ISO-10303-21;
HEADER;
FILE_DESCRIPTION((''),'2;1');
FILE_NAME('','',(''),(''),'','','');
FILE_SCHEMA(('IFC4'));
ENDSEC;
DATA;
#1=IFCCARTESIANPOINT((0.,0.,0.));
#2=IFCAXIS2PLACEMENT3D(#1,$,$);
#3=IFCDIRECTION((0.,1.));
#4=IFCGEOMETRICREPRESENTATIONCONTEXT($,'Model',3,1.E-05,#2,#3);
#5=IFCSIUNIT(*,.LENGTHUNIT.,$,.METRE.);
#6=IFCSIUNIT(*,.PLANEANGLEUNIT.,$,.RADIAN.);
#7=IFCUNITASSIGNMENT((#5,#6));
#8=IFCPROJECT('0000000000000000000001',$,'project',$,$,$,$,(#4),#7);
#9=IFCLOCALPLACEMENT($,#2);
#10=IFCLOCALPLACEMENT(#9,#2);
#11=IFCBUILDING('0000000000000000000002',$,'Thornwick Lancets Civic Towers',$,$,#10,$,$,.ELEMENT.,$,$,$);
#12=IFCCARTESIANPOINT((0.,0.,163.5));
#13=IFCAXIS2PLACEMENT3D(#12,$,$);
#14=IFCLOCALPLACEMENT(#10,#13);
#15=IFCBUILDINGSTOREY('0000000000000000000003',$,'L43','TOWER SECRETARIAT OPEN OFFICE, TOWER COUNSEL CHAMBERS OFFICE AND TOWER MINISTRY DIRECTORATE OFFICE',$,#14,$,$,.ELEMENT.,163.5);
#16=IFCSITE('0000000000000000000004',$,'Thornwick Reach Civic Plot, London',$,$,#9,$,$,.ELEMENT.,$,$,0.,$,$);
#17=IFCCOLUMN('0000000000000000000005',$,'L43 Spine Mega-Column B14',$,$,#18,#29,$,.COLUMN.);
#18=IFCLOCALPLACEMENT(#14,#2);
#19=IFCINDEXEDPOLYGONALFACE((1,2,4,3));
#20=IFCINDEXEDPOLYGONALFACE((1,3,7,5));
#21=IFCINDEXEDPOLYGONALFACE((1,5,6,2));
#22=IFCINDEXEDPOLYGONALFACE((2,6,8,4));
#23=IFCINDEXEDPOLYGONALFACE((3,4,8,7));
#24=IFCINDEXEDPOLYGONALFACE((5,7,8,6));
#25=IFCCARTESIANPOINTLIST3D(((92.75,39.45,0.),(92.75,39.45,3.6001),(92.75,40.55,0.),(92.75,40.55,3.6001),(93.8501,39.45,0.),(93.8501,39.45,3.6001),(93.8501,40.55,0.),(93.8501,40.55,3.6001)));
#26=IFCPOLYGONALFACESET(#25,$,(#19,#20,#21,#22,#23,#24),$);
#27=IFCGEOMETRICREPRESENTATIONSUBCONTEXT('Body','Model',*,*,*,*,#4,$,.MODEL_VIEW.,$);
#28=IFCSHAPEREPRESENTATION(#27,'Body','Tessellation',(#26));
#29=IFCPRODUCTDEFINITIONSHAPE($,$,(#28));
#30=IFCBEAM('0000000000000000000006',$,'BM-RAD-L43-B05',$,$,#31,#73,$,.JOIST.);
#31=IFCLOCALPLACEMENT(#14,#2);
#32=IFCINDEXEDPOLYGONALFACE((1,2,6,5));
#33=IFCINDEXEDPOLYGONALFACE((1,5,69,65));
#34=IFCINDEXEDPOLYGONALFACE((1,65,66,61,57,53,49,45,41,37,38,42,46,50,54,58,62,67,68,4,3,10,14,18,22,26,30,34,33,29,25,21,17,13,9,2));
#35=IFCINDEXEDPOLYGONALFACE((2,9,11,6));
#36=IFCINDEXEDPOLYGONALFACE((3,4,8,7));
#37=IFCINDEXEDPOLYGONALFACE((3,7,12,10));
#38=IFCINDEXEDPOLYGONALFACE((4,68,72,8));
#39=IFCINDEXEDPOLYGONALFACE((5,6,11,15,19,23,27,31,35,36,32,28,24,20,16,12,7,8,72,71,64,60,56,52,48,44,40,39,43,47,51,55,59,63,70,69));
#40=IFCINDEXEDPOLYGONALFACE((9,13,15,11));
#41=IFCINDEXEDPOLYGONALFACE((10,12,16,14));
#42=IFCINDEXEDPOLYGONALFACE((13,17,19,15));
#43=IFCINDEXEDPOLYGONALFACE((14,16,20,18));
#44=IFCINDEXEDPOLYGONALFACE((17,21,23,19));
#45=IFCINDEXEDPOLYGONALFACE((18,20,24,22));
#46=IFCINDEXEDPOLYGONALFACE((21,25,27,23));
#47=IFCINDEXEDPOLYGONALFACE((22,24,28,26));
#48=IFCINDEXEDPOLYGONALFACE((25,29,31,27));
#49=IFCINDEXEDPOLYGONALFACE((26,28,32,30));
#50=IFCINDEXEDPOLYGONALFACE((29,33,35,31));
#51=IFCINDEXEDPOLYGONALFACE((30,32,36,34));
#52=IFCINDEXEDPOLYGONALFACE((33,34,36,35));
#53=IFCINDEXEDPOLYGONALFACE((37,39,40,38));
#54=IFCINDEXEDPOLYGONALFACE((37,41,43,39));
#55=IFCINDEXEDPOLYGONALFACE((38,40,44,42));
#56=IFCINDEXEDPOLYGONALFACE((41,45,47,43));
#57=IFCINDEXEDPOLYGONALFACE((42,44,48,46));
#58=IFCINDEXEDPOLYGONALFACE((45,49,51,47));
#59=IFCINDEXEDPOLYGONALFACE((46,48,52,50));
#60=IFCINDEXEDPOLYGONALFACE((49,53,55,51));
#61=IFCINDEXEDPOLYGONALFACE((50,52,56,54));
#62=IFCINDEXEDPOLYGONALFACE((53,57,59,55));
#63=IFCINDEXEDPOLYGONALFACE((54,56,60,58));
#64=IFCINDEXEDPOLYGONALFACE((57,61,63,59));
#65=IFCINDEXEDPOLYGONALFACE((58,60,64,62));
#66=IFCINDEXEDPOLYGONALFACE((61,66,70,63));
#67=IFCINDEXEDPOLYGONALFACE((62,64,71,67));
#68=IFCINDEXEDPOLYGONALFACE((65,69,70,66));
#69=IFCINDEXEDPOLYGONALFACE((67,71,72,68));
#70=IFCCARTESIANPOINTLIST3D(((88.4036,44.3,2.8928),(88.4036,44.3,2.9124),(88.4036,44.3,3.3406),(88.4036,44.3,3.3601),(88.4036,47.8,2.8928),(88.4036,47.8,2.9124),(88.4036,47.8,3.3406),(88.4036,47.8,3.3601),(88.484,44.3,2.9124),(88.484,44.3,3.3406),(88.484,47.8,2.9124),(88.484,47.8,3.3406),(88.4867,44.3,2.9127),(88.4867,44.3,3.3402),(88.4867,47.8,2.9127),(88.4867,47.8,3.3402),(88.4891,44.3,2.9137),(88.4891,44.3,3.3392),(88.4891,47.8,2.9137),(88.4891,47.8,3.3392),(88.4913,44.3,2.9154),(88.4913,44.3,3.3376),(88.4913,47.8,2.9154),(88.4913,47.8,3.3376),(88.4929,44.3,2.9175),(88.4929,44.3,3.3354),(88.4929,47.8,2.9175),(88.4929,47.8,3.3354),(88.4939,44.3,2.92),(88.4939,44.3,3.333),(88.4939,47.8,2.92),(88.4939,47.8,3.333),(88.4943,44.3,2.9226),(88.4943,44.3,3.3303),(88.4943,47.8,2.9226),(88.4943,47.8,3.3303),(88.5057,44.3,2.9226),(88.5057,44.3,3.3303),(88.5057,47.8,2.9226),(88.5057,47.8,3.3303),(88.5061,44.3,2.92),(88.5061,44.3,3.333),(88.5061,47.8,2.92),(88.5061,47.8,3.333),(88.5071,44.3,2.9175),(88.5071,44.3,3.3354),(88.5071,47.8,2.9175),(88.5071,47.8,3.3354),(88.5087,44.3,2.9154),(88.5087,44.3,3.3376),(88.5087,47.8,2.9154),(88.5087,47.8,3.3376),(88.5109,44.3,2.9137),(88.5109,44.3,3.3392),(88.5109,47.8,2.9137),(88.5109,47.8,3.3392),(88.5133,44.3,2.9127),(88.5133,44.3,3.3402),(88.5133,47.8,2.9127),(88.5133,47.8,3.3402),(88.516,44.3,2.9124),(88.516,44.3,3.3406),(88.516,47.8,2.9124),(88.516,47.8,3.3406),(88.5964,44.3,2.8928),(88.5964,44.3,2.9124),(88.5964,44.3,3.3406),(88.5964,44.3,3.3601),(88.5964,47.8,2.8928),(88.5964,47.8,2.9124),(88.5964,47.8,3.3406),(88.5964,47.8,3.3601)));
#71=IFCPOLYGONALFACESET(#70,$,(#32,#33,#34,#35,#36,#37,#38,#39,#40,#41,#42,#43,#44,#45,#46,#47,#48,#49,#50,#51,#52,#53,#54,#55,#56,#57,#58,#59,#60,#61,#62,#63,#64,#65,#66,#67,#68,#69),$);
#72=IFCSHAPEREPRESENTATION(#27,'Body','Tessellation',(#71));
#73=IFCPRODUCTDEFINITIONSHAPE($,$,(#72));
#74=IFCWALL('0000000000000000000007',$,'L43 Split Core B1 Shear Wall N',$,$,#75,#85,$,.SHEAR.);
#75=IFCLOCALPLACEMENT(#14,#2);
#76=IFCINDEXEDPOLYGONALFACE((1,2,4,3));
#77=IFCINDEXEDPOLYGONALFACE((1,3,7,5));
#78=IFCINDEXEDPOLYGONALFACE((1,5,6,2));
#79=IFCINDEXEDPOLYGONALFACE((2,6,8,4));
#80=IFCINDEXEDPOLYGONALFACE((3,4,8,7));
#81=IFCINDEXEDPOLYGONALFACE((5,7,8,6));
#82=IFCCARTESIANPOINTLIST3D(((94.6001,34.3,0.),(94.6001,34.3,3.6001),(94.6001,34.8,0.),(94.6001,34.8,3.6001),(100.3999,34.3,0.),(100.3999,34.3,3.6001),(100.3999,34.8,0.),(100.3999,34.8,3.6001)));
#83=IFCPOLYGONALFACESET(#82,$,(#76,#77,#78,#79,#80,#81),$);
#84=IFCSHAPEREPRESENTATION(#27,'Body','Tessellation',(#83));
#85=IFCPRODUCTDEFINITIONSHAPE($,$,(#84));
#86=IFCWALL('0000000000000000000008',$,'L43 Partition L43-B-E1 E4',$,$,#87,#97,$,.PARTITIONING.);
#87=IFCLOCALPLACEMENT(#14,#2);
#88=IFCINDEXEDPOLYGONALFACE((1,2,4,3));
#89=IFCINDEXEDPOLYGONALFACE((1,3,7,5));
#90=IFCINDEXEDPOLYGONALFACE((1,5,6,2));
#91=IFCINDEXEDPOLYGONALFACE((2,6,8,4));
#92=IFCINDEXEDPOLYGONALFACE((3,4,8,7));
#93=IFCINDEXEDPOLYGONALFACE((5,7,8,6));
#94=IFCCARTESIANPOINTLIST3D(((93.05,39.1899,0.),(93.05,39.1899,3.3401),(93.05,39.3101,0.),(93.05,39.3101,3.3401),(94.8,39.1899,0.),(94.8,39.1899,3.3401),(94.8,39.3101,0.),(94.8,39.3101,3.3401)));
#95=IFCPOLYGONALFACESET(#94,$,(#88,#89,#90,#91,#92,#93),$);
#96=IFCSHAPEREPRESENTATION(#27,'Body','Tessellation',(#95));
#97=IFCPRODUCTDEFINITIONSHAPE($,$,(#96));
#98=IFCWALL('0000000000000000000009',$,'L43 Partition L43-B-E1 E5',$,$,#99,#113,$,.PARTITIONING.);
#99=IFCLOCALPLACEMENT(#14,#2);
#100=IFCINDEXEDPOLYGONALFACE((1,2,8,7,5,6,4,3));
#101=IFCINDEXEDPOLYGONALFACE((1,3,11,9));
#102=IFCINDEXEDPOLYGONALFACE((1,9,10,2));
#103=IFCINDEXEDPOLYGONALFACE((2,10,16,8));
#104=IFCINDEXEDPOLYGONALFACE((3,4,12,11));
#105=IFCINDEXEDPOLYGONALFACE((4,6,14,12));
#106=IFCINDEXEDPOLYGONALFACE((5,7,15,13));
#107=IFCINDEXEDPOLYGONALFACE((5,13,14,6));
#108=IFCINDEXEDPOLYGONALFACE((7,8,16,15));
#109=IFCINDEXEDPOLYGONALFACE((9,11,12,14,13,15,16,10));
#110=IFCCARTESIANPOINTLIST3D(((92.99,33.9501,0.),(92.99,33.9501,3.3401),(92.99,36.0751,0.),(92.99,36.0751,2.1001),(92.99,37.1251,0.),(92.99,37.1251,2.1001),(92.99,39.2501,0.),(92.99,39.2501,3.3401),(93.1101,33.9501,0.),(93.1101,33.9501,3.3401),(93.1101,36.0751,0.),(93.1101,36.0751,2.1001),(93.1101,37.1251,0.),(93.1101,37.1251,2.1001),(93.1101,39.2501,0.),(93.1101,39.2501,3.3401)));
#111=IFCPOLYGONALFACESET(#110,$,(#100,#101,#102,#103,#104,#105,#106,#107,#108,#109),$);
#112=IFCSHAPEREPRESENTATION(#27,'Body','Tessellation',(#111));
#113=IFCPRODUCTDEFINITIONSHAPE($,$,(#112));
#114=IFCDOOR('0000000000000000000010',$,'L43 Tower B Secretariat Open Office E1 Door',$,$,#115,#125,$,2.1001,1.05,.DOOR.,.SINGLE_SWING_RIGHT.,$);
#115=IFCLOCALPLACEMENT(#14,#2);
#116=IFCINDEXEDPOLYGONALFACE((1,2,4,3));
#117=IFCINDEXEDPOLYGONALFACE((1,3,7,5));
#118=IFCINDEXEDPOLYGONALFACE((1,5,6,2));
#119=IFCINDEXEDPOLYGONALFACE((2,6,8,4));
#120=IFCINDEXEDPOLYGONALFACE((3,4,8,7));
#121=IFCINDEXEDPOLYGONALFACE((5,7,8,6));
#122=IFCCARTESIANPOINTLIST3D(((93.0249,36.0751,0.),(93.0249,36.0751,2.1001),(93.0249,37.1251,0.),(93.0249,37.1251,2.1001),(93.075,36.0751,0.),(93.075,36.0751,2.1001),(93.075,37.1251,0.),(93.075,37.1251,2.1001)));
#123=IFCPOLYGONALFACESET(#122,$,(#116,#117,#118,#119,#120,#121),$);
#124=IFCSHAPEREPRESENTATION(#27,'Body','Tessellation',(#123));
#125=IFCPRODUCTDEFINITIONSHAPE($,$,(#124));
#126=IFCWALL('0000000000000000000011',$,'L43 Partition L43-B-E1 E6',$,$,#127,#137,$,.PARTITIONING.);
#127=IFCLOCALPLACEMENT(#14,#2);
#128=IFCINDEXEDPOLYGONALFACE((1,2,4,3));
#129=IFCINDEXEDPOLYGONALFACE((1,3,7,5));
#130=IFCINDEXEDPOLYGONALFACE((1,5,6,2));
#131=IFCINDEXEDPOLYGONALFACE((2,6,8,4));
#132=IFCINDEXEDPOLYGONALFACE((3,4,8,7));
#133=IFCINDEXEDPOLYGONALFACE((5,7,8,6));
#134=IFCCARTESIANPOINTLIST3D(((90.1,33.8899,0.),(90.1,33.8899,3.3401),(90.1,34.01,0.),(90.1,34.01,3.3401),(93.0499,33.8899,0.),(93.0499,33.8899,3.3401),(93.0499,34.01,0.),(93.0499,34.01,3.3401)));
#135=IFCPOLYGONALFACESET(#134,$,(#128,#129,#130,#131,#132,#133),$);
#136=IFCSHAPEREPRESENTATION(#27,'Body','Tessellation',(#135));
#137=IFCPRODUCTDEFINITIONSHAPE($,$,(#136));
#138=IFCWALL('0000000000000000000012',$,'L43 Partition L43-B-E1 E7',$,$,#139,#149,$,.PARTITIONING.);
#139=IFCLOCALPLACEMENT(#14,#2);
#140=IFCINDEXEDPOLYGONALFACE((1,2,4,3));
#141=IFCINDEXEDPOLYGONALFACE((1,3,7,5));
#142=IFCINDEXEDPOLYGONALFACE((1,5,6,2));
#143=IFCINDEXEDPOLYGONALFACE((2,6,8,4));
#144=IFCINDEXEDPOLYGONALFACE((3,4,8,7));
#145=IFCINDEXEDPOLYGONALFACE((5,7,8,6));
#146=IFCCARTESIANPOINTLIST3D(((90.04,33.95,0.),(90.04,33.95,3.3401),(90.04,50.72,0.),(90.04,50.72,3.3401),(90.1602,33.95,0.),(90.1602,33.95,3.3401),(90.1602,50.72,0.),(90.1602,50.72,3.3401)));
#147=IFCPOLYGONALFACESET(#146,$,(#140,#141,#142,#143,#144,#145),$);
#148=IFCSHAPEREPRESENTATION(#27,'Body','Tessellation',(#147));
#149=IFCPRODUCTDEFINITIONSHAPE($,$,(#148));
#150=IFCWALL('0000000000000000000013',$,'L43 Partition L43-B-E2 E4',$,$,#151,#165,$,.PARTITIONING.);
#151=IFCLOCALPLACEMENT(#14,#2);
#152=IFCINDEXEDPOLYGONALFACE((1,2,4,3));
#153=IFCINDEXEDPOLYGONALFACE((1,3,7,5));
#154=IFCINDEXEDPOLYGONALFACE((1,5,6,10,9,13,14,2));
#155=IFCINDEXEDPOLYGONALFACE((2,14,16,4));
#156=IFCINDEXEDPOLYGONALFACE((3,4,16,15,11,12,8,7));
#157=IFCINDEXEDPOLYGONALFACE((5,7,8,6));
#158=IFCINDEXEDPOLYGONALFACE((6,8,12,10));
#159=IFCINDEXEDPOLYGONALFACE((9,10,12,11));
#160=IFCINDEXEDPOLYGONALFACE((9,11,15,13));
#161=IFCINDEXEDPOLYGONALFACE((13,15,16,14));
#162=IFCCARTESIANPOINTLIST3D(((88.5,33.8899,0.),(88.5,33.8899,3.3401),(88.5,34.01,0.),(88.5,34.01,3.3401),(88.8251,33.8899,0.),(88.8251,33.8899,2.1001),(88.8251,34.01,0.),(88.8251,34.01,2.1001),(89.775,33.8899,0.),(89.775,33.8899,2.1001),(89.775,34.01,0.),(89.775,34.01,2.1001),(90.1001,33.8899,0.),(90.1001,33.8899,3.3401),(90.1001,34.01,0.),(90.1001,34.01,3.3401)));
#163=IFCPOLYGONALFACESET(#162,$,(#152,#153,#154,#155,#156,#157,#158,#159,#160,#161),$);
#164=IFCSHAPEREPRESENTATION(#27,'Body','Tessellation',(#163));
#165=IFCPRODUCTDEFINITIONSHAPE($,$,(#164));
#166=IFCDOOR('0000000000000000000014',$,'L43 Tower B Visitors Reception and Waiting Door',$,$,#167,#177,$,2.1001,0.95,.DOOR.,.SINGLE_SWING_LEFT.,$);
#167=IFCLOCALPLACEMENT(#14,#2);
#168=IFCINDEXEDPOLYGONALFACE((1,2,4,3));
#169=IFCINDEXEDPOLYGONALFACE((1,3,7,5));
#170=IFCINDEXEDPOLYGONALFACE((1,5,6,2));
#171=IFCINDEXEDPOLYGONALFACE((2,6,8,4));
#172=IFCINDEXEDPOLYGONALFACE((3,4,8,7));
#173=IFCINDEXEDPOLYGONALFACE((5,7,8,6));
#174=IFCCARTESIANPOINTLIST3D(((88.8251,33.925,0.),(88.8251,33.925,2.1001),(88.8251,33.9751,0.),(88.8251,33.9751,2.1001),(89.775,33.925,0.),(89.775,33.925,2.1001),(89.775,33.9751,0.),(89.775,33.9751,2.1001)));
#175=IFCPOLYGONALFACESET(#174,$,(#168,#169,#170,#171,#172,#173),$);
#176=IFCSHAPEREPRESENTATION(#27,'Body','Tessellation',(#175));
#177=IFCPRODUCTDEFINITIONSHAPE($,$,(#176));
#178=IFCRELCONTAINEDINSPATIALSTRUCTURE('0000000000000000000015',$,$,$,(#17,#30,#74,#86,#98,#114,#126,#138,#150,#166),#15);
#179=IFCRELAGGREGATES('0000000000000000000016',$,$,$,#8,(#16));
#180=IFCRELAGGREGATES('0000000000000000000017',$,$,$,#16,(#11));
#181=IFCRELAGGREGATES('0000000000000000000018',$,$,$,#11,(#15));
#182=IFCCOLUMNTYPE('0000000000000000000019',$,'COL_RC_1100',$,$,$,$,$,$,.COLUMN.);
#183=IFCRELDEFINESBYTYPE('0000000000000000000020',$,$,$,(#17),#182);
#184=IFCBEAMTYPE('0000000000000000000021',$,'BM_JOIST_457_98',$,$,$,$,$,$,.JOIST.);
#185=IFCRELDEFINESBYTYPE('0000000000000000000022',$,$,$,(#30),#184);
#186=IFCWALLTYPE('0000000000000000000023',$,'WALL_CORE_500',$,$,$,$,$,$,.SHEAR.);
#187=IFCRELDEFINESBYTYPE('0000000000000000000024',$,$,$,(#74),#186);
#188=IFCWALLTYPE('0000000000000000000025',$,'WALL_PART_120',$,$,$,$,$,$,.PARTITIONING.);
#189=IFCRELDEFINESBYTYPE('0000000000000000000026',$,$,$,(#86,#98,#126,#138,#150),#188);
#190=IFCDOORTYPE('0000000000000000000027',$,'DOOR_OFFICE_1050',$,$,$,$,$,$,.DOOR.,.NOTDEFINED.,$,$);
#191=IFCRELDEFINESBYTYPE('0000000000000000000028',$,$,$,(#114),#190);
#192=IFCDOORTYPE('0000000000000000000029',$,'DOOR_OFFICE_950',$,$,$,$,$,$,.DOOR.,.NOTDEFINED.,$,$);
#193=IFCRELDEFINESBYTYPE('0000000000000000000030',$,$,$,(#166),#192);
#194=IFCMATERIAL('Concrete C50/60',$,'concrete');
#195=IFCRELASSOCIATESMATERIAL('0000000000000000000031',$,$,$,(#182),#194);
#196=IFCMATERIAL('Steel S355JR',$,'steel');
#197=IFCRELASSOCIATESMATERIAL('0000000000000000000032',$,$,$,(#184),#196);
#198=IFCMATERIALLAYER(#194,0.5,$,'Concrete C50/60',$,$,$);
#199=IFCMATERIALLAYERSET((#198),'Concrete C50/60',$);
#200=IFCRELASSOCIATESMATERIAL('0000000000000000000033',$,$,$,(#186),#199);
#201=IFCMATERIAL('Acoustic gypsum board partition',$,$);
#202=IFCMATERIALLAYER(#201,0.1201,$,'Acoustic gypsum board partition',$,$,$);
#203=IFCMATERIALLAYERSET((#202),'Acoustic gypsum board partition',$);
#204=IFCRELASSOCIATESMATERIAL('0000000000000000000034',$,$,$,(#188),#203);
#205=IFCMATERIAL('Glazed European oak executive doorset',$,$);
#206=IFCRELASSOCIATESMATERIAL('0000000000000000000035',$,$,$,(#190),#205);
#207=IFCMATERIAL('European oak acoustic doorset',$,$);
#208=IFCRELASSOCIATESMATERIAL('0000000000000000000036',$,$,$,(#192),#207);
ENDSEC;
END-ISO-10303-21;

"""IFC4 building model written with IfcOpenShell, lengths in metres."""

from ifc_helpers import new_model, si_unit, direction, frame, frame_2d, origin, origin_2d, place, context, subcontext, project, spatial, rectangle, i_section, extrude, material, layer, layer_set, material_profile, profile_set, type_object, element, fill, save


model = new_model("IFC4")

# Units and contexts
model_context = context("Model", 3, precision=1e-05, world=origin(), true_north=direction((0.0, 1.0)))
body_context = subcontext(model_context, "Body", "Model", "MODEL_VIEW")
ifc_project = project(units=[si_unit("LENGTHUNIT", "METRE"), si_unit("PLANEANGLEUNIT", "RADIAN")], contexts=[model_context])

# Site, building, storey
site_placement = place(None, origin())
site = spatial("IfcSite", under=ifc_project, at=site_placement, Name="Thornwick Reach Civic Plot, London", CompositionType="ELEMENT", RefElevation=0.0)
building_placement = place(site_placement, origin())
building = spatial("IfcBuilding", under=site, at=building_placement, Name="Thornwick Lancets Civic Towers", CompositionType="ELEMENT")
storey_placement = place(building_placement, frame((0.0, 0.0, 163.5)))
storey = spatial("IfcBuildingStorey", under=building, at=storey_placement, Name="L43", Description="TOWER SECRETARIAT OPEN OFFICE, TOWER COUNSEL CHAMBERS OFFICE AND TOWER MINISTRY DIRECTORATE OFFICE", CompositionType="ELEMENT", Elevation=163.5)

# Column
ifc_material_1 = material(Name="Concrete C50/60", Category="concrete")
ifc_material_profile_1 = material_profile(ifc_material_1, rectangle(XDim=1.1001, YDim=1.1001, at=origin_2d()), Name="RC 1100x1100")
ifc_profile_set_1 = profile_set([ifc_material_profile_1], Name="Concrete C50/60")
column_type = type_object("IfcColumnType", Name="COL_RC_1100", PredefinedType="COLUMN", material=ifc_profile_set_1)
column_placement = place(storey_placement, frame((93.3, 40.0, 0.0), z_axis=(0.0, 0.0, 1.0), x_axis=(1.0, 0.0, 0.0)))
element("IfcColumn", 1, at=column_placement, inside=storey, type_object=column_type, Name="L43 Spine Mega-Column B14", PredefinedType="COLUMN", context=body_context, shape_type="SweptSolid", body=[
    extrude(rectangle(XDim=1.1001, YDim=1.1001, at=origin_2d()), origin(), (0.0, 0.0, 1.0), 3.6001),
])

# Beam
ifc_material_2 = material(Name="Steel S355JR", Category="steel")
ifc_material_profile_2 = material_profile(ifc_material_2, i_section(OverallWidth=0.1929, OverallDepth=0.4673, WebThickness=0.0115, FlangeThickness=0.0195, FilletRadius=0.0103, at=origin_2d()), Name="UKB 457x191x98")
ifc_profile_set_2 = profile_set([ifc_material_profile_2], Name="Steel S355JR")
beam_type = type_object("IfcBeamType", Name="BM_JOIST_457_98", PredefinedType="JOIST", material=ifc_profile_set_2)
beam_placement = place(storey_placement, frame((88.5, 44.3, 3.1265), z_axis=(0.0, 1.0, 0.0), x_axis=(-1.0, 0.0, 0.0)))
element("IfcBeam", 2, at=beam_placement, inside=storey, type_object=beam_type, Name="BM-RAD-L43-B05", PredefinedType="JOIST", context=body_context, shape_type="SweptSolid", body=[
    extrude(i_section(OverallWidth=0.1929, OverallDepth=0.4673, WebThickness=0.0115, FlangeThickness=0.0195, FilletRadius=0.0103, at=origin_2d()), origin(), (0.0, 0.0, 1.0), 3.5),
])

# Walls
ifc_layer_1 = layer(ifc_material_1, 0.5, Name="Concrete C50/60")
ifc_layer_set_1 = layer_set([ifc_layer_1], Name="Concrete C50/60")
wall_type_1 = type_object("IfcWallType", Name="WALL_CORE_500", PredefinedType="SHEAR", material=ifc_layer_set_1)
wall_1_placement = place(storey_placement, frame((94.6001, 34.55, 0.0), z_axis=(0.0, 0.0, 1.0), x_axis=(1.0, 0.0, 0.0)))
element("IfcWall", 3, at=wall_1_placement, inside=storey, type_object=wall_type_1, Name="L43 Split Core B1 Shear Wall N", PredefinedType="SHEAR", context=body_context, shape_type="SweptSolid", body=[
    extrude(rectangle(XDim=5.7998, YDim=0.5, at=frame_2d((2.8999, 0.0))), origin(), (0.0, 0.0, 1.0), 3.6001),
])
ifc_material_3 = material(Name="Acoustic gypsum board partition")
ifc_layer_2 = layer(ifc_material_3, 0.1201, Name="Acoustic gypsum board partition")
ifc_layer_set_2 = layer_set([ifc_layer_2], Name="Acoustic gypsum board partition")
wall_type_2 = type_object("IfcWallType", Name="WALL_PART_120", PredefinedType="PARTITIONING", material=ifc_layer_set_2)
wall_2_placement = place(storey_placement, frame((94.8, 39.25, 0.0), z_axis=(0.0, 0.0, 1.0), x_axis=(-1.0, 0.0, 0.0)))
element("IfcWall", 4, at=wall_2_placement, inside=storey, type_object=wall_type_2, Name="L43 Partition L43-B-E1 E4", PredefinedType="PARTITIONING", context=body_context, shape_type="SweptSolid", body=[
    extrude(rectangle(XDim=1.75, YDim=0.1201, at=frame_2d((0.875, 0.0))), origin(), (0.0, 0.0, 1.0), 3.3401),
])

# Wall, opening, door
wall_3_placement = place(storey_placement, frame((93.05, 39.25, 0.0), z_axis=(0.0, 0.0, 1.0), x_axis=(0.0, -1.0, 0.0)))
wall_3 = element("IfcWall", 5, at=wall_3_placement, inside=storey, type_object=wall_type_2, Name="L43 Partition L43-B-E1 E5", PredefinedType="PARTITIONING", context=body_context, shape_type="SweptSolid", body=[
    extrude(rectangle(XDim=5.3, YDim=0.1201, at=frame_2d((2.6499, 0.0))), origin(), (0.0, 0.0, 1.0), 3.3401),
])
opening_1_placement = place(wall_3_placement, frame((2.125, 0.0, 0.0)))
opening_1 = element("IfcOpeningElement", 6, at=opening_1_placement, cuts=wall_3, PredefinedType="OPENING", context=body_context, shape_type="SweptSolid", body=[
    extrude(rectangle(XDim=1.05, YDim=2.1001, at=frame_2d((0.5249, 1.05))), frame((0.0, 0.0701, 0.0), z_axis=(0.0, -1.0, 0.0), x_axis=(1.0, 0.0, 0.0)), (0.0, 0.0, 1.0), 0.1401),
])
ifc_material_4 = material(Name="Glazed European oak executive doorset")
door_type_1 = type_object("IfcDoorType", Name="DOOR_OFFICE_1050", OperationType="NOTDEFINED", PredefinedType="DOOR", material=ifc_material_4)
door_1_placement = place(opening_1_placement, origin())
door_1 = element("IfcDoor", 7, at=door_1_placement, inside=storey, type_object=door_type_1, Name="L43 Tower B Secretariat Open Office E1 Door", OperationType="SINGLE_SWING_RIGHT", OverallHeight=2.1001, OverallWidth=1.05, PredefinedType="DOOR", context=body_context, shape_type="SweptSolid", body=[
    extrude(rectangle(XDim=1.05, YDim=2.1001, at=frame_2d((0.5249, 1.05))), frame((0.0, 0.0249, 0.0), z_axis=(0.0, -1.0, 0.0), x_axis=(1.0, 0.0, 0.0)), (0.0, 0.0, 1.0), 0.05),
])
fill(opening_1, door_1)

# Walls
wall_4_placement = place(storey_placement, frame((93.05, 33.95, 0.0), z_axis=(0.0, 0.0, 1.0), x_axis=(-1.0, 0.0, 0.0)))
element("IfcWall", 8, at=wall_4_placement, inside=storey, type_object=wall_type_2, Name="L43 Partition L43-B-E1 E6", PredefinedType="PARTITIONING", context=body_context, shape_type="SweptSolid", body=[
    extrude(rectangle(XDim=2.95, YDim=0.1201, at=frame_2d((1.4751, 0.0))), origin(), (0.0, 0.0, 1.0), 3.3401),
])
wall_5_placement = place(storey_placement, frame((90.1001, 33.95, 0.0), z_axis=(0.0, 0.0, 1.0), x_axis=(0.0, 1.0, 0.0)))
element("IfcWall", 9, at=wall_5_placement, inside=storey, type_object=wall_type_2, Name="L43 Partition L43-B-E1 E7", PredefinedType="PARTITIONING", context=body_context, shape_type="SweptSolid", body=[
    extrude(rectangle(XDim=16.77, YDim=0.1201, at=frame_2d((8.385, 0.0))), origin(), (0.0, 0.0, 1.0), 3.3401),
])

# Wall, opening, door
wall_6_placement = place(storey_placement, frame((90.1001, 33.95, 0.0), z_axis=(0.0, 0.0, 1.0), x_axis=(-1.0, 0.0, 0.0)))
wall_6 = element("IfcWall", 10, at=wall_6_placement, inside=storey, type_object=wall_type_2, Name="L43 Partition L43-B-E2 E4", PredefinedType="PARTITIONING", context=body_context, shape_type="SweptSolid", body=[
    extrude(rectangle(XDim=1.6001, YDim=0.1201, at=frame_2d((0.8, 0.0))), origin(), (0.0, 0.0, 1.0), 3.3401),
])
opening_2_placement = place(wall_6_placement, frame((0.325, 0.0, 0.0)))
opening_2 = element("IfcOpeningElement", 11, at=opening_2_placement, cuts=wall_6, PredefinedType="OPENING", context=body_context, shape_type="SweptSolid", body=[
    extrude(rectangle(XDim=0.95, YDim=2.1001, at=frame_2d((0.4751, 1.05))), frame((0.0, 0.0701, 0.0), z_axis=(0.0, -1.0, 0.0), x_axis=(1.0, 0.0, 0.0)), (0.0, 0.0, 1.0), 0.1401),
])
ifc_material_5 = material(Name="European oak acoustic doorset")
door_type_2 = type_object("IfcDoorType", Name="DOOR_OFFICE_950", OperationType="NOTDEFINED", PredefinedType="DOOR", material=ifc_material_5)
door_2_placement = place(opening_2_placement, origin())
door_2 = element("IfcDoor", 12, at=door_2_placement, inside=storey, type_object=door_type_2, Name="L43 Tower B Visitors Reception and Waiting Door", OperationType="SINGLE_SWING_LEFT", OverallHeight=2.1001, OverallWidth=0.95, PredefinedType="DOOR", context=body_context, shape_type="SweptSolid", body=[
    extrude(rectangle(XDim=0.95, YDim=2.1001, at=frame_2d((0.4751, 1.05))), frame((0.0, 0.0249, 0.0), z_axis=(0.0, -1.0, 0.0), x_axis=(1.0, 0.0, 0.0)), (0.0, 0.0, 1.0), 0.05),
])
fill(opening_2, door_2)

save(model, "model.ifc")
